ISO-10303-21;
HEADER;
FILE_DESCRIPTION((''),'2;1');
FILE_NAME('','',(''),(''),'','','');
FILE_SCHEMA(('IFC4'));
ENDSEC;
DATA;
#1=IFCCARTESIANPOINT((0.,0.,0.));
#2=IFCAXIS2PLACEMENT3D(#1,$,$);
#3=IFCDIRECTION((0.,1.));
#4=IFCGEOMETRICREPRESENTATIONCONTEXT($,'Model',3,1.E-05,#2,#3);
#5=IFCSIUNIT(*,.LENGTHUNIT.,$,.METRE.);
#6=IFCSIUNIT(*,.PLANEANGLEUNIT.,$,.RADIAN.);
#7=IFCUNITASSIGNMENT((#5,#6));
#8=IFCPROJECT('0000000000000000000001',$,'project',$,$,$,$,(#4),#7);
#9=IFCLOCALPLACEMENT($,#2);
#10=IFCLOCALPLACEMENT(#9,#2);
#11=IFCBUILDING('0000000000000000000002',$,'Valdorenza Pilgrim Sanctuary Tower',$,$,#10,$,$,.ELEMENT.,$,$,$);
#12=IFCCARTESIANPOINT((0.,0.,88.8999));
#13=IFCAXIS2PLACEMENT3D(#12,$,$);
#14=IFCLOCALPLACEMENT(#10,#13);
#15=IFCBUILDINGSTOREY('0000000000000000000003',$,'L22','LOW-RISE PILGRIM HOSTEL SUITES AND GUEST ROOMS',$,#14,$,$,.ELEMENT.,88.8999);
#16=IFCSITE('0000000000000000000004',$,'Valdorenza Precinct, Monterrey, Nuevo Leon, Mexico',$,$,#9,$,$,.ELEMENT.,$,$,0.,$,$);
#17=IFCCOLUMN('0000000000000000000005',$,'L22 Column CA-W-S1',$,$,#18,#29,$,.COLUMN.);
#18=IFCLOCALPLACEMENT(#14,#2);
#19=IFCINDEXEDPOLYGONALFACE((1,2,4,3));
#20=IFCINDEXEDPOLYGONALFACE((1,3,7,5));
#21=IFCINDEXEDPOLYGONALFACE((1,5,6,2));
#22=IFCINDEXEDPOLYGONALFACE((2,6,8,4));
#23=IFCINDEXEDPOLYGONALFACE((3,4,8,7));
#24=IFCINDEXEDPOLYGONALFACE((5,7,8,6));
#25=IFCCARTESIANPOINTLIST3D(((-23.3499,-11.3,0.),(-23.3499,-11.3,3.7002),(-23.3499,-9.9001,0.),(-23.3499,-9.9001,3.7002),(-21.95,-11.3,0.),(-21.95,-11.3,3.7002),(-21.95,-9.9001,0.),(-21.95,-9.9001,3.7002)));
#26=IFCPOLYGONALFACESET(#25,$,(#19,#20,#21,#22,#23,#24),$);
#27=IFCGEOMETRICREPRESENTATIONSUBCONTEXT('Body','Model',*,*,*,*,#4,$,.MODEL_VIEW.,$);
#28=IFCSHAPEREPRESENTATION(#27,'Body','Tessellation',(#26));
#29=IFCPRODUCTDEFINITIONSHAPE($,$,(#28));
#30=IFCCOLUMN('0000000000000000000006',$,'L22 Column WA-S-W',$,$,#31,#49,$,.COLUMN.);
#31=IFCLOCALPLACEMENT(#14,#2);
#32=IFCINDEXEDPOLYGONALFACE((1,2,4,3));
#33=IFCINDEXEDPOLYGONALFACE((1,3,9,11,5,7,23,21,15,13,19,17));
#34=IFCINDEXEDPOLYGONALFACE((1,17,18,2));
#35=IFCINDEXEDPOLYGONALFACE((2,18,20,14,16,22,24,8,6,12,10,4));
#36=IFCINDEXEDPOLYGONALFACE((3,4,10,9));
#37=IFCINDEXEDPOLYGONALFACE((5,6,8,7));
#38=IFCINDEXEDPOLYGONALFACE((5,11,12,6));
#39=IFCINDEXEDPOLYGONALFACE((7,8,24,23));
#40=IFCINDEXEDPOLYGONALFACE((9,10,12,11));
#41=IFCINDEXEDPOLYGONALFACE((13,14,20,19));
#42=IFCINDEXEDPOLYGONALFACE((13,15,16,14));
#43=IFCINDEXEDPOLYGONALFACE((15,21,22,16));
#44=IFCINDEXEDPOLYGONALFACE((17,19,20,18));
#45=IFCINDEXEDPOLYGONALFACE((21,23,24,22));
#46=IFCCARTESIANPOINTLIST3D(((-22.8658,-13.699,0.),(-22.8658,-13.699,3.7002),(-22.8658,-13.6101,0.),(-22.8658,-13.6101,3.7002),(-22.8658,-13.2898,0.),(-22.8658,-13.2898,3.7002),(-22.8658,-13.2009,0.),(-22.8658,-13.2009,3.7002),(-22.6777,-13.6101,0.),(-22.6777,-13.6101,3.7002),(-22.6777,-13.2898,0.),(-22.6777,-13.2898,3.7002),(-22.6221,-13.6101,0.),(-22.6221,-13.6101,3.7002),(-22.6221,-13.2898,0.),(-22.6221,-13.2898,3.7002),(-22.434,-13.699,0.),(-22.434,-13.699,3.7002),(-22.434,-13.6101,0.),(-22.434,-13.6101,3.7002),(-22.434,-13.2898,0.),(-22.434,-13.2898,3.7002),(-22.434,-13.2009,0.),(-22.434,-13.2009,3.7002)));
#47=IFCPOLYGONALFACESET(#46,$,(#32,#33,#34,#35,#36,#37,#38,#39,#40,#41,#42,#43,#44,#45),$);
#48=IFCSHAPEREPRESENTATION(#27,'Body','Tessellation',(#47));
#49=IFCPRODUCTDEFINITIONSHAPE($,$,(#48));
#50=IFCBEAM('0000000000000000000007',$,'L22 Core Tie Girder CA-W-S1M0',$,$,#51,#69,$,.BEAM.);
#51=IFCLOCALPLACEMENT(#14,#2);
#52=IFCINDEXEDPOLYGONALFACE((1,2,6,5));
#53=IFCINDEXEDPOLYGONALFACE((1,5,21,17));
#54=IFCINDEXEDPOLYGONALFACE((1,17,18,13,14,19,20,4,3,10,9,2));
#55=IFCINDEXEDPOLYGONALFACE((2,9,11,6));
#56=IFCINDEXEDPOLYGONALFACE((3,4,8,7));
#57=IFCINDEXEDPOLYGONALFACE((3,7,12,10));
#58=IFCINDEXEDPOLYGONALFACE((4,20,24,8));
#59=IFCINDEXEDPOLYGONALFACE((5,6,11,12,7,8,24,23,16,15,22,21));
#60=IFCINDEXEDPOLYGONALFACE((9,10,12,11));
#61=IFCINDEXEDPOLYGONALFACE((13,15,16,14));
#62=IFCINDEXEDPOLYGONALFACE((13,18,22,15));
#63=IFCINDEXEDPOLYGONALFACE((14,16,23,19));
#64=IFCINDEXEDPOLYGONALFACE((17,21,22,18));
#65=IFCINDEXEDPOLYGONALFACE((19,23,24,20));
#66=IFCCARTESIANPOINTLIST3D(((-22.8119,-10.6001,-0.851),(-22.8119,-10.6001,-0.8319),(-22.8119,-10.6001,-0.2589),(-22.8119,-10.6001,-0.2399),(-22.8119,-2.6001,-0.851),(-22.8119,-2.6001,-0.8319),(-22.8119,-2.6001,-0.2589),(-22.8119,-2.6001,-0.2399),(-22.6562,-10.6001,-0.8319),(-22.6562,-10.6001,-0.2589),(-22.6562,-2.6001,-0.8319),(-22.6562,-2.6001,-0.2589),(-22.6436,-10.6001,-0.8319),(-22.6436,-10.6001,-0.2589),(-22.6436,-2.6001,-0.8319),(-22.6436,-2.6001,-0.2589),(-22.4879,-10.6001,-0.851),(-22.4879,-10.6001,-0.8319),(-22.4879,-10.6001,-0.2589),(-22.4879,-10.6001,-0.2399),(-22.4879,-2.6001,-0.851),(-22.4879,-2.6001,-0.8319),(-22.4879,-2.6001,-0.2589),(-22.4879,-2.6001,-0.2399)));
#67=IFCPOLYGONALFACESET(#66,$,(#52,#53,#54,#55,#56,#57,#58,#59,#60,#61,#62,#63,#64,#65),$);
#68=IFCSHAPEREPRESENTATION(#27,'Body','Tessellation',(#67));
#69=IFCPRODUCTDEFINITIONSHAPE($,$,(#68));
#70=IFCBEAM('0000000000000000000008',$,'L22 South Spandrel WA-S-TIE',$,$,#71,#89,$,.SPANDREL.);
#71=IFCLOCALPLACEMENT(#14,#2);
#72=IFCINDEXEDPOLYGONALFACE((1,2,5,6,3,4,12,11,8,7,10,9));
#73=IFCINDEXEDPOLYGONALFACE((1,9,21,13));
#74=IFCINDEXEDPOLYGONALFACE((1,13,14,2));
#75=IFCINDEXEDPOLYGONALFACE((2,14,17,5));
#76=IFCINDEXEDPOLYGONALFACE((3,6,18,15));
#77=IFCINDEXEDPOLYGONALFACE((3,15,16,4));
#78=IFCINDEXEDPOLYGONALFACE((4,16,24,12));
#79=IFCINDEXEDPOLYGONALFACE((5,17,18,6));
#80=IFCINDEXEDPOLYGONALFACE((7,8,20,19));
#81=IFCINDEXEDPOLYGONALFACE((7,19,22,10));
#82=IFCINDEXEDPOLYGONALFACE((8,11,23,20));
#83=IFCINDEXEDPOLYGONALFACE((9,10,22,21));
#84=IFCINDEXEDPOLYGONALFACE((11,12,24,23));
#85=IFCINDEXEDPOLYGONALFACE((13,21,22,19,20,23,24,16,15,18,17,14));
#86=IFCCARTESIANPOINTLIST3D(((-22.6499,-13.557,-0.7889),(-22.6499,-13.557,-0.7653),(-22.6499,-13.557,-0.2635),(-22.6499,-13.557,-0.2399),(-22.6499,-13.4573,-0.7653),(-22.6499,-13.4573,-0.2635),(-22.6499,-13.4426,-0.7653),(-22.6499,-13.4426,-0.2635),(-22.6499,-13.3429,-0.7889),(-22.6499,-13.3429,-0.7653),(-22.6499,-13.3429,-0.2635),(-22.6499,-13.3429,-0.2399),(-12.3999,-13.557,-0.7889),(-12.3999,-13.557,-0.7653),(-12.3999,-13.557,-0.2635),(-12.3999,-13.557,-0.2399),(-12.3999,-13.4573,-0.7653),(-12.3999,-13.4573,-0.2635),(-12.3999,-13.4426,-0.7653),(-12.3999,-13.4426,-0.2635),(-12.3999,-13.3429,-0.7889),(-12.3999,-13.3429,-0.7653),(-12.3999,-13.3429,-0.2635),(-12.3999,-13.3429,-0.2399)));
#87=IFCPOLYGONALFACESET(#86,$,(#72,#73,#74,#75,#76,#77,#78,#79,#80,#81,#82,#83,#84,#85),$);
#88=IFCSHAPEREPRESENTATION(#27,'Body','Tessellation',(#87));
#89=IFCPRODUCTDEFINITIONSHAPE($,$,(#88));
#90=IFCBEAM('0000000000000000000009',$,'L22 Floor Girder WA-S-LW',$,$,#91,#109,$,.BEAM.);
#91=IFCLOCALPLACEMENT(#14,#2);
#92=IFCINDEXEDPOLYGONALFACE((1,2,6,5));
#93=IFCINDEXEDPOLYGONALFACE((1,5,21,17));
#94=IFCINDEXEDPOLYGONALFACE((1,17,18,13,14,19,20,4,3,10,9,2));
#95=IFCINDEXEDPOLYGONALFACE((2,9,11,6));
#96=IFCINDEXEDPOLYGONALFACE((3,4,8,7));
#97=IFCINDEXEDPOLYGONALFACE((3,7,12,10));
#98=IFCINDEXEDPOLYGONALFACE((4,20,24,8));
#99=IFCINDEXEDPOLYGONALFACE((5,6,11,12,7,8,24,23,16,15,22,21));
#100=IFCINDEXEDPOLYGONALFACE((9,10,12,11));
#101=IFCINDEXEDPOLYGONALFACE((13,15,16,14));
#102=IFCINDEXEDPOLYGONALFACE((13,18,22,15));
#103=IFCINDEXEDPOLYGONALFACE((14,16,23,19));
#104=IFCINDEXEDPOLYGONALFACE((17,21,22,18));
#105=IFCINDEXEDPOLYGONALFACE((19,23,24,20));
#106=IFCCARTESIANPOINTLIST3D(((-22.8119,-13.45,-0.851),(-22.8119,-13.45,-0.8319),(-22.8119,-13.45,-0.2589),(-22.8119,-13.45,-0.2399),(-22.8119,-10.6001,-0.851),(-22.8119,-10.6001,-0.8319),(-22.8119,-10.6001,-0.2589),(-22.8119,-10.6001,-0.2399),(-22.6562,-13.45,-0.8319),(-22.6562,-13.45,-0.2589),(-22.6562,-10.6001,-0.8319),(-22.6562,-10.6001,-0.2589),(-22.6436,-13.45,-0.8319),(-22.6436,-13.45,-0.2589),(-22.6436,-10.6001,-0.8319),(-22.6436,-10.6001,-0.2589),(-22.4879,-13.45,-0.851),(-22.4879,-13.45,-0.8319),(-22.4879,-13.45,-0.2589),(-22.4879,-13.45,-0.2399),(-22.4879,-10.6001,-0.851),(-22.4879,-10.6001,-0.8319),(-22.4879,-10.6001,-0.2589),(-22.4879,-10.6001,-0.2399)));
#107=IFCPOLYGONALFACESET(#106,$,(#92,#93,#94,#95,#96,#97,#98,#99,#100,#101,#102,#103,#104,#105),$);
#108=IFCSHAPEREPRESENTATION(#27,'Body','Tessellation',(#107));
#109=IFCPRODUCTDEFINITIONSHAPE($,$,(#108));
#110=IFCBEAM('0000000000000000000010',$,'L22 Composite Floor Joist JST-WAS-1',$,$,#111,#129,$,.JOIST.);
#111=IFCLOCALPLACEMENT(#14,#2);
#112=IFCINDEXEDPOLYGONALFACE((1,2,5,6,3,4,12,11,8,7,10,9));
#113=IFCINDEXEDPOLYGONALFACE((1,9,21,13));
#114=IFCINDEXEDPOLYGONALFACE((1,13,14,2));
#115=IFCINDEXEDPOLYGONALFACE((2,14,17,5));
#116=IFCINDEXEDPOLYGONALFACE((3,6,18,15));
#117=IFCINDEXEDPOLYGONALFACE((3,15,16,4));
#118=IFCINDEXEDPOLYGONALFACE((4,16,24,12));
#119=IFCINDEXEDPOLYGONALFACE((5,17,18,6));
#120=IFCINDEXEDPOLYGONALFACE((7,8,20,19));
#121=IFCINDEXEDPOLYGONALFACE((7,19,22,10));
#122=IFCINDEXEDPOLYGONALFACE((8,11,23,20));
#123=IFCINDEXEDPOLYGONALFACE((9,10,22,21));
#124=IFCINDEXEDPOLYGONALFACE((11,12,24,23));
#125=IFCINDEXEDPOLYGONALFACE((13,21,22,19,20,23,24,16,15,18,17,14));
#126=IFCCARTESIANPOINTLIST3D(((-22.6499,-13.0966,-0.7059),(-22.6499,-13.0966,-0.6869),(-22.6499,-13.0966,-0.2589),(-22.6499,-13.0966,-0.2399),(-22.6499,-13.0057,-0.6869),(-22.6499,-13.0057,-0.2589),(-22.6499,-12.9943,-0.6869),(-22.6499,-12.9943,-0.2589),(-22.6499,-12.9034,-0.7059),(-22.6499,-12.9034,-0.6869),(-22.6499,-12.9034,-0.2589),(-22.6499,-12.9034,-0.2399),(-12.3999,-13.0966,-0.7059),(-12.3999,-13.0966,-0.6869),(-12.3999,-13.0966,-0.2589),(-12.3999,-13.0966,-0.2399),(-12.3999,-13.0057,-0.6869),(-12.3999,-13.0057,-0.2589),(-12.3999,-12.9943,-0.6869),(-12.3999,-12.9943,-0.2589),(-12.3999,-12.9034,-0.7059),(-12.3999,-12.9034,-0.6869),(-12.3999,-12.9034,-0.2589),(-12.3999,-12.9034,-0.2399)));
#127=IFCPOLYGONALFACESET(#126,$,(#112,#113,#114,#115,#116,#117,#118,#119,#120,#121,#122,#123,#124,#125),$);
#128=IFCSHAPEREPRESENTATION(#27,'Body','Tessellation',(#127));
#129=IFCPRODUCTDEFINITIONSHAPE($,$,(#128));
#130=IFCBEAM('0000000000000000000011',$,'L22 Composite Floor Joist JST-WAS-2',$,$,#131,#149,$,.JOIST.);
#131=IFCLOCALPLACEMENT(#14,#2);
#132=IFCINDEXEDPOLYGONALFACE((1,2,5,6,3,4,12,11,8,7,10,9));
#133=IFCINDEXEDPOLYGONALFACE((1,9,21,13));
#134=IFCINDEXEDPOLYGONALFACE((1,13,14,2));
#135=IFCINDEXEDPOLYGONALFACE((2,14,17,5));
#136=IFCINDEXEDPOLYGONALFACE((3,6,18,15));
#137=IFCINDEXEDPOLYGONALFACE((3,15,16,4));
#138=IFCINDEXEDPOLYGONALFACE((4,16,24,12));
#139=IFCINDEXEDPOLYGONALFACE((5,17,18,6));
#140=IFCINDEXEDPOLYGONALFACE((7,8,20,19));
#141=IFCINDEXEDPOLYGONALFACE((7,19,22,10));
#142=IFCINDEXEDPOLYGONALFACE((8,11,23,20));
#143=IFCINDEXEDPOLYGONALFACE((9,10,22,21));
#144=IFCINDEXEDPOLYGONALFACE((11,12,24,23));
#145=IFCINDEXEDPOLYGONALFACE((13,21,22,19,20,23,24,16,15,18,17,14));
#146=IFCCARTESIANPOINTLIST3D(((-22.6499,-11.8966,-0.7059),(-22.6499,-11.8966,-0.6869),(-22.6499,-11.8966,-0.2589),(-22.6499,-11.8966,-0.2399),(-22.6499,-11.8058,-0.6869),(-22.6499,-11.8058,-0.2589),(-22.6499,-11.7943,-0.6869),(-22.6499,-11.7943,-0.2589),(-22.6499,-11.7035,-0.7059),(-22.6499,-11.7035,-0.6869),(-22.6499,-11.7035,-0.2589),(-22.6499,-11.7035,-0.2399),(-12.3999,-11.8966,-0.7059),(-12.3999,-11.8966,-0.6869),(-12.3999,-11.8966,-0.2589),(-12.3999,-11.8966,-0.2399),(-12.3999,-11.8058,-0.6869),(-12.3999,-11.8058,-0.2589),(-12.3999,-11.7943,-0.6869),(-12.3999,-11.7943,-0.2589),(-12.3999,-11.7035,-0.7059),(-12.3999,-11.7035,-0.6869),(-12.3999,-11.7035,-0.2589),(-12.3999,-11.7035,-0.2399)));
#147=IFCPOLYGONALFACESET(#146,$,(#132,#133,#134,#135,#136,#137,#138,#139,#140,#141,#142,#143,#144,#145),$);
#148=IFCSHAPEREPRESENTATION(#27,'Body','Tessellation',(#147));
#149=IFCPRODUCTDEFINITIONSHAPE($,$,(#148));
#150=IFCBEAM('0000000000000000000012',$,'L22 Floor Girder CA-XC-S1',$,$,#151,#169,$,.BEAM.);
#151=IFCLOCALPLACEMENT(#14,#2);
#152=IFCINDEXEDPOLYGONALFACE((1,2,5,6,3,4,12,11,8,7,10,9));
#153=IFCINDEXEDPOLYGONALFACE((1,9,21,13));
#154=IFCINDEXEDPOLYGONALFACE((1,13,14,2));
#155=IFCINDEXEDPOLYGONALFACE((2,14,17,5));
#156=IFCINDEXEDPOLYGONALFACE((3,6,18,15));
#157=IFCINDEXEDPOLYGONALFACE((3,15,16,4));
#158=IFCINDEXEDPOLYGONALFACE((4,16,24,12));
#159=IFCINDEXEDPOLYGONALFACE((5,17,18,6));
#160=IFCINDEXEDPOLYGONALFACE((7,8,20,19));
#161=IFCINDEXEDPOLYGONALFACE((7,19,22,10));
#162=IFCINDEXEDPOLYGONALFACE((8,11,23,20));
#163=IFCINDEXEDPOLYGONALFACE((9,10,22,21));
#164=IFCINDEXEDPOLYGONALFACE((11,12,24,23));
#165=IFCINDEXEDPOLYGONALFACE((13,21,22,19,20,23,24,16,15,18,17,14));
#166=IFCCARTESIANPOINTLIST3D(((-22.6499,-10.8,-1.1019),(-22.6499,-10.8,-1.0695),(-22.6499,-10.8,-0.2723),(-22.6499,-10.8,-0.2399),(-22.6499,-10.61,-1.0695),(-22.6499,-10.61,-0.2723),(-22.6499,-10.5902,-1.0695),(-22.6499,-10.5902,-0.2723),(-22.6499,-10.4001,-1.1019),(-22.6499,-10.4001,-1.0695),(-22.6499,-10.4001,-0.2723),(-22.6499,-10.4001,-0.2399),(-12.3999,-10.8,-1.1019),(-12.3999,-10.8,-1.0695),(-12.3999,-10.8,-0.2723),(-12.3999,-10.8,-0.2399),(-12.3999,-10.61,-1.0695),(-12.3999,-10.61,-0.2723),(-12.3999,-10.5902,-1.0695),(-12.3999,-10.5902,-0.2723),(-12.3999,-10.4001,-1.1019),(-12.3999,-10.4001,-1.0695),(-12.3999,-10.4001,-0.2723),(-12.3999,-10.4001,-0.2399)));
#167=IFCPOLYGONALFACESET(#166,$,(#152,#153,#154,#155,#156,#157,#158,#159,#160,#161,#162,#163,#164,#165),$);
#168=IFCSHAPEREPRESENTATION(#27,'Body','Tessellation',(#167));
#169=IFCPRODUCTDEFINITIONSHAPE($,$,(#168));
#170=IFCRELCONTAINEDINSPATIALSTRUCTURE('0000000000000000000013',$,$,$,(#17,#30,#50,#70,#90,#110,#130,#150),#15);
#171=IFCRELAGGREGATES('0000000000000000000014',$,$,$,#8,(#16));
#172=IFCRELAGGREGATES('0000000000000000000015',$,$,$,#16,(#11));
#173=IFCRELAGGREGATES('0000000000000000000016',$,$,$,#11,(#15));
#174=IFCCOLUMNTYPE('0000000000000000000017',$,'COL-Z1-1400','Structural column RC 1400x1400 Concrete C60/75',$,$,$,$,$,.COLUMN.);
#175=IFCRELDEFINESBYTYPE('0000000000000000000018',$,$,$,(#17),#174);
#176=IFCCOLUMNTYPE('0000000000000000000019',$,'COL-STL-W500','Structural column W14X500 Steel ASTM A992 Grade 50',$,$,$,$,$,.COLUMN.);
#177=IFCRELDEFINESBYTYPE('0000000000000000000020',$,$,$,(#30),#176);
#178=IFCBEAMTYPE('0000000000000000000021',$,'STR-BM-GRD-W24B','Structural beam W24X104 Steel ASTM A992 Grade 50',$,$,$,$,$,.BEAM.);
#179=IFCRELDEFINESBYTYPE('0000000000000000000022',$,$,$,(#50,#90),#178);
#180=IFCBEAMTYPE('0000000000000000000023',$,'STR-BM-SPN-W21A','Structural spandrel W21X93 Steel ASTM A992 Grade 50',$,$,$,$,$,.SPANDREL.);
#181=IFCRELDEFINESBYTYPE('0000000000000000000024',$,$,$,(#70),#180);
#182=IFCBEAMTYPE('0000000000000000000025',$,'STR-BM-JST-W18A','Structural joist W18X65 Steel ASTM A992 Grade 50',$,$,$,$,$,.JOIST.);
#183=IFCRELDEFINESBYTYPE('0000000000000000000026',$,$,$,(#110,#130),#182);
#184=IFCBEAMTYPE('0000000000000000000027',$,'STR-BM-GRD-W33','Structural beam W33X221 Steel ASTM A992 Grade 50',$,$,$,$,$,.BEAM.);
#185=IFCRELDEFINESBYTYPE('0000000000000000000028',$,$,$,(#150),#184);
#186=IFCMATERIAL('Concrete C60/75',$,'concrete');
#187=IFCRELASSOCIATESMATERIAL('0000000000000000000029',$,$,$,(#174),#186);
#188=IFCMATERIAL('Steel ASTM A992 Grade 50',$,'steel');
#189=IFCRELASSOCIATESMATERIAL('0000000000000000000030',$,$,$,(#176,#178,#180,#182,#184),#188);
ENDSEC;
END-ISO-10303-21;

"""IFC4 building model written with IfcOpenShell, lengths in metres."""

from ifc_helpers import new_model, si_unit, direction, frame, origin, origin_2d, place, context, subcontext, project, spatial, rectangle, i_section, extrude, source, transform, mapped, material, material_profile, profile_set, type_object, element, save


model = new_model("IFC4")

# Units and contexts
model_context = context("Model", 3, precision=1e-05, world=origin(), true_north=direction((0.0, 1.0)))
body_context = subcontext(model_context, "Body", "Model", "MODEL_VIEW")
ifc_project = project(units=[si_unit("LENGTHUNIT", "METRE"), si_unit("PLANEANGLEUNIT", "RADIAN")], contexts=[model_context])

# Site, building, storey
site_placement = place(None, origin())
site = spatial("IfcSite", under=ifc_project, at=site_placement, Name="Valdorenza Precinct, Monterrey, Nuevo Leon, Mexico", CompositionType="ELEMENT", RefElevation=0.0)
building_placement = place(site_placement, origin())
building = spatial("IfcBuilding", under=site, at=building_placement, Name="Valdorenza Pilgrim Sanctuary Tower", CompositionType="ELEMENT")
storey_placement = place(building_placement, frame((0.0, 0.0, 88.8999)))
storey = spatial("IfcBuildingStorey", under=building, at=storey_placement, Name="L22", Description="LOW-RISE PILGRIM HOSTEL SUITES AND GUEST ROOMS", CompositionType="ELEMENT", Elevation=88.8999)

# Columns
ifc_material_1 = material(Name="Concrete C60/75", Category="concrete")
ifc_material_profile_1 = material_profile(ifc_material_1, rectangle(XDim=1.3999, YDim=1.3999, at=origin_2d()), Name="RC 1400x1400")
ifc_profile_set_1 = profile_set([ifc_material_profile_1], Name="Concrete C60/75")
column_type_1 = type_object("IfcColumnType", Name="COL-Z1-1400", Description="Structural column RC 1400x1400 Concrete C60/75", PredefinedType="COLUMN", material=ifc_profile_set_1)
shared_shape_1 = source(origin(), body_context, "Body", "SweptSolid", [
    extrude(rectangle(XDim=1.3999, YDim=1.3999, at=origin_2d()), origin(), (0.0, 0.0, 1.0), 3.7002),
])
column_1_placement = place(storey_placement, frame((-22.6499, -10.6001, 0.0), z_axis=(0.0, 0.0, 1.0), x_axis=(1.0, 0.0, 0.0)))
element("IfcColumn", 1, at=column_1_placement, inside=storey, type_object=column_type_1, Name="L22 Column CA-W-S1", PredefinedType="COLUMN", context=body_context, shape_type="MappedRepresentation", body=[
    mapped(shared_shape_1, transform((0.0, 0.0, 0.0), x_axis=(1.0, 0.0, 0.0), y_axis=(0.0, 1.0, 0.0), z_axis=(0.0, 0.0, 1.0), scale=1.0)),
])
ifc_material_2 = material(Name="Steel ASTM A992 Grade 50", Category="steel")
ifc_material_profile_2 = material_profile(ifc_material_2, i_section(OverallWidth=0.4319, OverallDepth=0.498, WebThickness=0.0557, FlangeThickness=0.0889, at=origin_2d()), Name="W14X500")
ifc_profile_set_2 = profile_set([ifc_material_profile_2], Name="Steel ASTM A992 Grade 50")
column_type_2 = type_object("IfcColumnType", Name="COL-STL-W500", Description="Structural column W14X500 Steel ASTM A992 Grade 50", PredefinedType="COLUMN", material=ifc_profile_set_2)
shared_shape_2 = source(origin(), body_context, "Body", "SweptSolid", [
    extrude(i_section(OverallWidth=0.4319, OverallDepth=0.498, WebThickness=0.0557, FlangeThickness=0.0889, at=origin_2d()), origin(), (0.0, 0.0, 1.0), 3.7002),
])
column_2_placement = place(storey_placement, frame((-22.6499, -13.45, 0.0), z_axis=(0.0, 0.0, 1.0), x_axis=(1.0, 0.0, 0.0)))
element("IfcColumn", 2, at=column_2_placement, inside=storey, type_object=column_type_2, Name="L22 Column WA-S-W", PredefinedType="COLUMN", context=body_context, shape_type="MappedRepresentation", body=[
    mapped(shared_shape_2, transform((0.0, 0.0, 0.0), x_axis=(1.0, 0.0, 0.0), y_axis=(0.0, 1.0, 0.0), z_axis=(0.0, 0.0, 1.0), scale=1.0)),
])

# Beams
ifc_material_profile_3 = material_profile(ifc_material_2, i_section(OverallWidth=0.324, OverallDepth=0.6111, WebThickness=0.0127, FlangeThickness=0.019, at=origin_2d()), Name="W24X104")
ifc_profile_set_3 = profile_set([ifc_material_profile_3], Name="Steel ASTM A992 Grade 50")
beam_type_1 = type_object("IfcBeamType", Name="STR-BM-GRD-W24B", Description="Structural beam W24X104 Steel ASTM A992 Grade 50", PredefinedType="BEAM", material=ifc_profile_set_3)
shared_shape_3 = source(origin(), body_context, "Body", "SweptSolid", [
    extrude(i_section(OverallWidth=0.324, OverallDepth=0.6111, WebThickness=0.0127, FlangeThickness=0.019, at=origin_2d()), origin(), (0.0, 0.0, 1.0), 8.0),
])
beam_1_placement = place(storey_placement, frame((-22.6499, -10.6001, -0.5454), z_axis=(0.0, 1.0, 0.0), x_axis=(-1.0, 0.0, 0.0)))
element("IfcBeam", 3, at=beam_1_placement, inside=storey, type_object=beam_type_1, Name="L22 Core Tie Girder CA-W-S1M0", PredefinedType="BEAM", context=body_context, shape_type="MappedRepresentation", body=[
    mapped(shared_shape_3, transform((0.0, 0.0, 0.0), x_axis=(1.0, 0.0, 0.0), y_axis=(0.0, 1.0, 0.0), z_axis=(0.0, 0.0, 1.0), scale=1.0)),
])
ifc_material_profile_4 = material_profile(ifc_material_2, i_section(OverallWidth=0.2141, OverallDepth=0.5491, WebThickness=0.0146, FlangeThickness=0.0237, at=origin_2d()), Name="W21X93")
ifc_profile_set_4 = profile_set([ifc_material_profile_4], Name="Steel ASTM A992 Grade 50")
beam_type_2 = type_object("IfcBeamType", Name="STR-BM-SPN-W21A", Description="Structural spandrel W21X93 Steel ASTM A992 Grade 50", PredefinedType="SPANDREL", material=ifc_profile_set_4)
shared_shape_4 = source(origin(), body_context, "Body", "SweptSolid", [
    extrude(i_section(OverallWidth=0.2141, OverallDepth=0.5491, WebThickness=0.0146, FlangeThickness=0.0237, at=origin_2d()), origin(), (0.0, 0.0, 1.0), 10.25),
])
beam_2_placement = place(storey_placement, frame((-22.6499, -13.45, -0.5144), z_axis=(1.0, 0.0, 0.0), x_axis=(0.0, 1.0, 0.0)))
element("IfcBeam", 4, at=beam_2_placement, inside=storey, type_object=beam_type_2, Name="L22 South Spandrel WA-S-TIE", PredefinedType="SPANDREL", context=body_context, shape_type="MappedRepresentation", body=[
    mapped(shared_shape_4, transform((0.0, 0.0, 0.0), x_axis=(1.0, 0.0, 0.0), y_axis=(0.0, 1.0, 0.0), z_axis=(0.0, 0.0, 1.0), scale=1.0)),
])
shared_shape_5 = source(origin(), body_context, "Body", "SweptSolid", [
    extrude(i_section(OverallWidth=0.324, OverallDepth=0.6111, WebThickness=0.0127, FlangeThickness=0.019, at=origin_2d()), origin(), (0.0, 0.0, 1.0), 2.8499),
])
beam_3_placement = place(storey_placement, frame((-22.6499, -13.45, -0.5454), z_axis=(0.0, 1.0, 0.0), x_axis=(-1.0, 0.0, 0.0)))
element("IfcBeam", 5, at=beam_3_placement, inside=storey, type_object=beam_type_1, Name="L22 Floor Girder WA-S-LW", PredefinedType="BEAM", context=body_context, shape_type="MappedRepresentation", body=[
    mapped(shared_shape_5, transform((0.0, 0.0, 0.0), x_axis=(1.0, 0.0, 0.0), y_axis=(0.0, 1.0, 0.0), z_axis=(0.0, 0.0, 1.0), scale=1.0)),
])
ifc_material_profile_5 = material_profile(ifc_material_2, i_section(OverallWidth=0.1931, OverallDepth=0.4661, WebThickness=0.0115, FlangeThickness=0.019, at=origin_2d()), Name="W18X65")
ifc_profile_set_5 = profile_set([ifc_material_profile_5], Name="Steel ASTM A992 Grade 50")
beam_type_3 = type_object("IfcBeamType", Name="STR-BM-JST-W18A", Description="Structural joist W18X65 Steel ASTM A992 Grade 50", PredefinedType="JOIST", material=ifc_profile_set_5)
shared_shape_6 = source(origin(), body_context, "Body", "SweptSolid", [
    extrude(i_section(OverallWidth=0.1931, OverallDepth=0.4661, WebThickness=0.0115, FlangeThickness=0.019, at=origin_2d()), origin(), (0.0, 0.0, 1.0), 10.25),
])
for number, where, z_axis, x_axis, name in (
    (6, (-22.6499, -13.0, -0.4729), (1.0, 0.0, 0.0), (0.0, 1.0, 0.0), "L22 Composite Floor Joist JST-WAS-1"),
    (7, (-22.6499, -11.8, -0.4729), (1.0, 0.0, 0.0), (0.0, 1.0, 0.0), "L22 Composite Floor Joist JST-WAS-2"),
):
    element("IfcBeam", number, at=place(storey_placement, frame(where, z_axis=z_axis, x_axis=x_axis)), inside=storey, type_object=beam_type_3, Name=name, PredefinedType="JOIST", context=body_context, shape_type="MappedRepresentation", body=[
        mapped(shared_shape_6, transform((0.0, 0.0, 0.0), x_axis=(1.0, 0.0, 0.0), y_axis=(0.0, 1.0, 0.0), z_axis=(0.0, 0.0, 1.0), scale=1.0)),
    ])
ifc_material_profile_6 = material_profile(ifc_material_2, i_section(OverallWidth=0.3999, OverallDepth=0.8621, WebThickness=0.0198, FlangeThickness=0.0325, at=origin_2d()), Name="W33X221")
ifc_profile_set_6 = profile_set([ifc_material_profile_6], Name="Steel ASTM A992 Grade 50")
beam_type_4 = type_object("IfcBeamType", Name="STR-BM-GRD-W33", Description="Structural beam W33X221 Steel ASTM A992 Grade 50", PredefinedType="BEAM", material=ifc_profile_set_6)
shared_shape_7 = source(origin(), body_context, "Body", "SweptSolid", [
    extrude(i_section(OverallWidth=0.3999, OverallDepth=0.8621, WebThickness=0.0198, FlangeThickness=0.0325, at=origin_2d()), origin(), (0.0, 0.0, 1.0), 10.25),
])
beam_4_placement = place(storey_placement, frame((-22.6499, -10.6001, -0.6709), z_axis=(1.0, 0.0, 0.0), x_axis=(0.0, 1.0, 0.0)))
element("IfcBeam", 8, at=beam_4_placement, inside=storey, type_object=beam_type_4, Name="L22 Floor Girder CA-XC-S1", PredefinedType="BEAM", context=body_context, shape_type="MappedRepresentation", body=[
    mapped(shared_shape_7, transform((0.0, 0.0, 0.0), x_axis=(1.0, 0.0, 0.0), y_axis=(0.0, 1.0, 0.0), z_axis=(0.0, 0.0, 1.0), scale=1.0)),
])

save(model, "model.ifc")
